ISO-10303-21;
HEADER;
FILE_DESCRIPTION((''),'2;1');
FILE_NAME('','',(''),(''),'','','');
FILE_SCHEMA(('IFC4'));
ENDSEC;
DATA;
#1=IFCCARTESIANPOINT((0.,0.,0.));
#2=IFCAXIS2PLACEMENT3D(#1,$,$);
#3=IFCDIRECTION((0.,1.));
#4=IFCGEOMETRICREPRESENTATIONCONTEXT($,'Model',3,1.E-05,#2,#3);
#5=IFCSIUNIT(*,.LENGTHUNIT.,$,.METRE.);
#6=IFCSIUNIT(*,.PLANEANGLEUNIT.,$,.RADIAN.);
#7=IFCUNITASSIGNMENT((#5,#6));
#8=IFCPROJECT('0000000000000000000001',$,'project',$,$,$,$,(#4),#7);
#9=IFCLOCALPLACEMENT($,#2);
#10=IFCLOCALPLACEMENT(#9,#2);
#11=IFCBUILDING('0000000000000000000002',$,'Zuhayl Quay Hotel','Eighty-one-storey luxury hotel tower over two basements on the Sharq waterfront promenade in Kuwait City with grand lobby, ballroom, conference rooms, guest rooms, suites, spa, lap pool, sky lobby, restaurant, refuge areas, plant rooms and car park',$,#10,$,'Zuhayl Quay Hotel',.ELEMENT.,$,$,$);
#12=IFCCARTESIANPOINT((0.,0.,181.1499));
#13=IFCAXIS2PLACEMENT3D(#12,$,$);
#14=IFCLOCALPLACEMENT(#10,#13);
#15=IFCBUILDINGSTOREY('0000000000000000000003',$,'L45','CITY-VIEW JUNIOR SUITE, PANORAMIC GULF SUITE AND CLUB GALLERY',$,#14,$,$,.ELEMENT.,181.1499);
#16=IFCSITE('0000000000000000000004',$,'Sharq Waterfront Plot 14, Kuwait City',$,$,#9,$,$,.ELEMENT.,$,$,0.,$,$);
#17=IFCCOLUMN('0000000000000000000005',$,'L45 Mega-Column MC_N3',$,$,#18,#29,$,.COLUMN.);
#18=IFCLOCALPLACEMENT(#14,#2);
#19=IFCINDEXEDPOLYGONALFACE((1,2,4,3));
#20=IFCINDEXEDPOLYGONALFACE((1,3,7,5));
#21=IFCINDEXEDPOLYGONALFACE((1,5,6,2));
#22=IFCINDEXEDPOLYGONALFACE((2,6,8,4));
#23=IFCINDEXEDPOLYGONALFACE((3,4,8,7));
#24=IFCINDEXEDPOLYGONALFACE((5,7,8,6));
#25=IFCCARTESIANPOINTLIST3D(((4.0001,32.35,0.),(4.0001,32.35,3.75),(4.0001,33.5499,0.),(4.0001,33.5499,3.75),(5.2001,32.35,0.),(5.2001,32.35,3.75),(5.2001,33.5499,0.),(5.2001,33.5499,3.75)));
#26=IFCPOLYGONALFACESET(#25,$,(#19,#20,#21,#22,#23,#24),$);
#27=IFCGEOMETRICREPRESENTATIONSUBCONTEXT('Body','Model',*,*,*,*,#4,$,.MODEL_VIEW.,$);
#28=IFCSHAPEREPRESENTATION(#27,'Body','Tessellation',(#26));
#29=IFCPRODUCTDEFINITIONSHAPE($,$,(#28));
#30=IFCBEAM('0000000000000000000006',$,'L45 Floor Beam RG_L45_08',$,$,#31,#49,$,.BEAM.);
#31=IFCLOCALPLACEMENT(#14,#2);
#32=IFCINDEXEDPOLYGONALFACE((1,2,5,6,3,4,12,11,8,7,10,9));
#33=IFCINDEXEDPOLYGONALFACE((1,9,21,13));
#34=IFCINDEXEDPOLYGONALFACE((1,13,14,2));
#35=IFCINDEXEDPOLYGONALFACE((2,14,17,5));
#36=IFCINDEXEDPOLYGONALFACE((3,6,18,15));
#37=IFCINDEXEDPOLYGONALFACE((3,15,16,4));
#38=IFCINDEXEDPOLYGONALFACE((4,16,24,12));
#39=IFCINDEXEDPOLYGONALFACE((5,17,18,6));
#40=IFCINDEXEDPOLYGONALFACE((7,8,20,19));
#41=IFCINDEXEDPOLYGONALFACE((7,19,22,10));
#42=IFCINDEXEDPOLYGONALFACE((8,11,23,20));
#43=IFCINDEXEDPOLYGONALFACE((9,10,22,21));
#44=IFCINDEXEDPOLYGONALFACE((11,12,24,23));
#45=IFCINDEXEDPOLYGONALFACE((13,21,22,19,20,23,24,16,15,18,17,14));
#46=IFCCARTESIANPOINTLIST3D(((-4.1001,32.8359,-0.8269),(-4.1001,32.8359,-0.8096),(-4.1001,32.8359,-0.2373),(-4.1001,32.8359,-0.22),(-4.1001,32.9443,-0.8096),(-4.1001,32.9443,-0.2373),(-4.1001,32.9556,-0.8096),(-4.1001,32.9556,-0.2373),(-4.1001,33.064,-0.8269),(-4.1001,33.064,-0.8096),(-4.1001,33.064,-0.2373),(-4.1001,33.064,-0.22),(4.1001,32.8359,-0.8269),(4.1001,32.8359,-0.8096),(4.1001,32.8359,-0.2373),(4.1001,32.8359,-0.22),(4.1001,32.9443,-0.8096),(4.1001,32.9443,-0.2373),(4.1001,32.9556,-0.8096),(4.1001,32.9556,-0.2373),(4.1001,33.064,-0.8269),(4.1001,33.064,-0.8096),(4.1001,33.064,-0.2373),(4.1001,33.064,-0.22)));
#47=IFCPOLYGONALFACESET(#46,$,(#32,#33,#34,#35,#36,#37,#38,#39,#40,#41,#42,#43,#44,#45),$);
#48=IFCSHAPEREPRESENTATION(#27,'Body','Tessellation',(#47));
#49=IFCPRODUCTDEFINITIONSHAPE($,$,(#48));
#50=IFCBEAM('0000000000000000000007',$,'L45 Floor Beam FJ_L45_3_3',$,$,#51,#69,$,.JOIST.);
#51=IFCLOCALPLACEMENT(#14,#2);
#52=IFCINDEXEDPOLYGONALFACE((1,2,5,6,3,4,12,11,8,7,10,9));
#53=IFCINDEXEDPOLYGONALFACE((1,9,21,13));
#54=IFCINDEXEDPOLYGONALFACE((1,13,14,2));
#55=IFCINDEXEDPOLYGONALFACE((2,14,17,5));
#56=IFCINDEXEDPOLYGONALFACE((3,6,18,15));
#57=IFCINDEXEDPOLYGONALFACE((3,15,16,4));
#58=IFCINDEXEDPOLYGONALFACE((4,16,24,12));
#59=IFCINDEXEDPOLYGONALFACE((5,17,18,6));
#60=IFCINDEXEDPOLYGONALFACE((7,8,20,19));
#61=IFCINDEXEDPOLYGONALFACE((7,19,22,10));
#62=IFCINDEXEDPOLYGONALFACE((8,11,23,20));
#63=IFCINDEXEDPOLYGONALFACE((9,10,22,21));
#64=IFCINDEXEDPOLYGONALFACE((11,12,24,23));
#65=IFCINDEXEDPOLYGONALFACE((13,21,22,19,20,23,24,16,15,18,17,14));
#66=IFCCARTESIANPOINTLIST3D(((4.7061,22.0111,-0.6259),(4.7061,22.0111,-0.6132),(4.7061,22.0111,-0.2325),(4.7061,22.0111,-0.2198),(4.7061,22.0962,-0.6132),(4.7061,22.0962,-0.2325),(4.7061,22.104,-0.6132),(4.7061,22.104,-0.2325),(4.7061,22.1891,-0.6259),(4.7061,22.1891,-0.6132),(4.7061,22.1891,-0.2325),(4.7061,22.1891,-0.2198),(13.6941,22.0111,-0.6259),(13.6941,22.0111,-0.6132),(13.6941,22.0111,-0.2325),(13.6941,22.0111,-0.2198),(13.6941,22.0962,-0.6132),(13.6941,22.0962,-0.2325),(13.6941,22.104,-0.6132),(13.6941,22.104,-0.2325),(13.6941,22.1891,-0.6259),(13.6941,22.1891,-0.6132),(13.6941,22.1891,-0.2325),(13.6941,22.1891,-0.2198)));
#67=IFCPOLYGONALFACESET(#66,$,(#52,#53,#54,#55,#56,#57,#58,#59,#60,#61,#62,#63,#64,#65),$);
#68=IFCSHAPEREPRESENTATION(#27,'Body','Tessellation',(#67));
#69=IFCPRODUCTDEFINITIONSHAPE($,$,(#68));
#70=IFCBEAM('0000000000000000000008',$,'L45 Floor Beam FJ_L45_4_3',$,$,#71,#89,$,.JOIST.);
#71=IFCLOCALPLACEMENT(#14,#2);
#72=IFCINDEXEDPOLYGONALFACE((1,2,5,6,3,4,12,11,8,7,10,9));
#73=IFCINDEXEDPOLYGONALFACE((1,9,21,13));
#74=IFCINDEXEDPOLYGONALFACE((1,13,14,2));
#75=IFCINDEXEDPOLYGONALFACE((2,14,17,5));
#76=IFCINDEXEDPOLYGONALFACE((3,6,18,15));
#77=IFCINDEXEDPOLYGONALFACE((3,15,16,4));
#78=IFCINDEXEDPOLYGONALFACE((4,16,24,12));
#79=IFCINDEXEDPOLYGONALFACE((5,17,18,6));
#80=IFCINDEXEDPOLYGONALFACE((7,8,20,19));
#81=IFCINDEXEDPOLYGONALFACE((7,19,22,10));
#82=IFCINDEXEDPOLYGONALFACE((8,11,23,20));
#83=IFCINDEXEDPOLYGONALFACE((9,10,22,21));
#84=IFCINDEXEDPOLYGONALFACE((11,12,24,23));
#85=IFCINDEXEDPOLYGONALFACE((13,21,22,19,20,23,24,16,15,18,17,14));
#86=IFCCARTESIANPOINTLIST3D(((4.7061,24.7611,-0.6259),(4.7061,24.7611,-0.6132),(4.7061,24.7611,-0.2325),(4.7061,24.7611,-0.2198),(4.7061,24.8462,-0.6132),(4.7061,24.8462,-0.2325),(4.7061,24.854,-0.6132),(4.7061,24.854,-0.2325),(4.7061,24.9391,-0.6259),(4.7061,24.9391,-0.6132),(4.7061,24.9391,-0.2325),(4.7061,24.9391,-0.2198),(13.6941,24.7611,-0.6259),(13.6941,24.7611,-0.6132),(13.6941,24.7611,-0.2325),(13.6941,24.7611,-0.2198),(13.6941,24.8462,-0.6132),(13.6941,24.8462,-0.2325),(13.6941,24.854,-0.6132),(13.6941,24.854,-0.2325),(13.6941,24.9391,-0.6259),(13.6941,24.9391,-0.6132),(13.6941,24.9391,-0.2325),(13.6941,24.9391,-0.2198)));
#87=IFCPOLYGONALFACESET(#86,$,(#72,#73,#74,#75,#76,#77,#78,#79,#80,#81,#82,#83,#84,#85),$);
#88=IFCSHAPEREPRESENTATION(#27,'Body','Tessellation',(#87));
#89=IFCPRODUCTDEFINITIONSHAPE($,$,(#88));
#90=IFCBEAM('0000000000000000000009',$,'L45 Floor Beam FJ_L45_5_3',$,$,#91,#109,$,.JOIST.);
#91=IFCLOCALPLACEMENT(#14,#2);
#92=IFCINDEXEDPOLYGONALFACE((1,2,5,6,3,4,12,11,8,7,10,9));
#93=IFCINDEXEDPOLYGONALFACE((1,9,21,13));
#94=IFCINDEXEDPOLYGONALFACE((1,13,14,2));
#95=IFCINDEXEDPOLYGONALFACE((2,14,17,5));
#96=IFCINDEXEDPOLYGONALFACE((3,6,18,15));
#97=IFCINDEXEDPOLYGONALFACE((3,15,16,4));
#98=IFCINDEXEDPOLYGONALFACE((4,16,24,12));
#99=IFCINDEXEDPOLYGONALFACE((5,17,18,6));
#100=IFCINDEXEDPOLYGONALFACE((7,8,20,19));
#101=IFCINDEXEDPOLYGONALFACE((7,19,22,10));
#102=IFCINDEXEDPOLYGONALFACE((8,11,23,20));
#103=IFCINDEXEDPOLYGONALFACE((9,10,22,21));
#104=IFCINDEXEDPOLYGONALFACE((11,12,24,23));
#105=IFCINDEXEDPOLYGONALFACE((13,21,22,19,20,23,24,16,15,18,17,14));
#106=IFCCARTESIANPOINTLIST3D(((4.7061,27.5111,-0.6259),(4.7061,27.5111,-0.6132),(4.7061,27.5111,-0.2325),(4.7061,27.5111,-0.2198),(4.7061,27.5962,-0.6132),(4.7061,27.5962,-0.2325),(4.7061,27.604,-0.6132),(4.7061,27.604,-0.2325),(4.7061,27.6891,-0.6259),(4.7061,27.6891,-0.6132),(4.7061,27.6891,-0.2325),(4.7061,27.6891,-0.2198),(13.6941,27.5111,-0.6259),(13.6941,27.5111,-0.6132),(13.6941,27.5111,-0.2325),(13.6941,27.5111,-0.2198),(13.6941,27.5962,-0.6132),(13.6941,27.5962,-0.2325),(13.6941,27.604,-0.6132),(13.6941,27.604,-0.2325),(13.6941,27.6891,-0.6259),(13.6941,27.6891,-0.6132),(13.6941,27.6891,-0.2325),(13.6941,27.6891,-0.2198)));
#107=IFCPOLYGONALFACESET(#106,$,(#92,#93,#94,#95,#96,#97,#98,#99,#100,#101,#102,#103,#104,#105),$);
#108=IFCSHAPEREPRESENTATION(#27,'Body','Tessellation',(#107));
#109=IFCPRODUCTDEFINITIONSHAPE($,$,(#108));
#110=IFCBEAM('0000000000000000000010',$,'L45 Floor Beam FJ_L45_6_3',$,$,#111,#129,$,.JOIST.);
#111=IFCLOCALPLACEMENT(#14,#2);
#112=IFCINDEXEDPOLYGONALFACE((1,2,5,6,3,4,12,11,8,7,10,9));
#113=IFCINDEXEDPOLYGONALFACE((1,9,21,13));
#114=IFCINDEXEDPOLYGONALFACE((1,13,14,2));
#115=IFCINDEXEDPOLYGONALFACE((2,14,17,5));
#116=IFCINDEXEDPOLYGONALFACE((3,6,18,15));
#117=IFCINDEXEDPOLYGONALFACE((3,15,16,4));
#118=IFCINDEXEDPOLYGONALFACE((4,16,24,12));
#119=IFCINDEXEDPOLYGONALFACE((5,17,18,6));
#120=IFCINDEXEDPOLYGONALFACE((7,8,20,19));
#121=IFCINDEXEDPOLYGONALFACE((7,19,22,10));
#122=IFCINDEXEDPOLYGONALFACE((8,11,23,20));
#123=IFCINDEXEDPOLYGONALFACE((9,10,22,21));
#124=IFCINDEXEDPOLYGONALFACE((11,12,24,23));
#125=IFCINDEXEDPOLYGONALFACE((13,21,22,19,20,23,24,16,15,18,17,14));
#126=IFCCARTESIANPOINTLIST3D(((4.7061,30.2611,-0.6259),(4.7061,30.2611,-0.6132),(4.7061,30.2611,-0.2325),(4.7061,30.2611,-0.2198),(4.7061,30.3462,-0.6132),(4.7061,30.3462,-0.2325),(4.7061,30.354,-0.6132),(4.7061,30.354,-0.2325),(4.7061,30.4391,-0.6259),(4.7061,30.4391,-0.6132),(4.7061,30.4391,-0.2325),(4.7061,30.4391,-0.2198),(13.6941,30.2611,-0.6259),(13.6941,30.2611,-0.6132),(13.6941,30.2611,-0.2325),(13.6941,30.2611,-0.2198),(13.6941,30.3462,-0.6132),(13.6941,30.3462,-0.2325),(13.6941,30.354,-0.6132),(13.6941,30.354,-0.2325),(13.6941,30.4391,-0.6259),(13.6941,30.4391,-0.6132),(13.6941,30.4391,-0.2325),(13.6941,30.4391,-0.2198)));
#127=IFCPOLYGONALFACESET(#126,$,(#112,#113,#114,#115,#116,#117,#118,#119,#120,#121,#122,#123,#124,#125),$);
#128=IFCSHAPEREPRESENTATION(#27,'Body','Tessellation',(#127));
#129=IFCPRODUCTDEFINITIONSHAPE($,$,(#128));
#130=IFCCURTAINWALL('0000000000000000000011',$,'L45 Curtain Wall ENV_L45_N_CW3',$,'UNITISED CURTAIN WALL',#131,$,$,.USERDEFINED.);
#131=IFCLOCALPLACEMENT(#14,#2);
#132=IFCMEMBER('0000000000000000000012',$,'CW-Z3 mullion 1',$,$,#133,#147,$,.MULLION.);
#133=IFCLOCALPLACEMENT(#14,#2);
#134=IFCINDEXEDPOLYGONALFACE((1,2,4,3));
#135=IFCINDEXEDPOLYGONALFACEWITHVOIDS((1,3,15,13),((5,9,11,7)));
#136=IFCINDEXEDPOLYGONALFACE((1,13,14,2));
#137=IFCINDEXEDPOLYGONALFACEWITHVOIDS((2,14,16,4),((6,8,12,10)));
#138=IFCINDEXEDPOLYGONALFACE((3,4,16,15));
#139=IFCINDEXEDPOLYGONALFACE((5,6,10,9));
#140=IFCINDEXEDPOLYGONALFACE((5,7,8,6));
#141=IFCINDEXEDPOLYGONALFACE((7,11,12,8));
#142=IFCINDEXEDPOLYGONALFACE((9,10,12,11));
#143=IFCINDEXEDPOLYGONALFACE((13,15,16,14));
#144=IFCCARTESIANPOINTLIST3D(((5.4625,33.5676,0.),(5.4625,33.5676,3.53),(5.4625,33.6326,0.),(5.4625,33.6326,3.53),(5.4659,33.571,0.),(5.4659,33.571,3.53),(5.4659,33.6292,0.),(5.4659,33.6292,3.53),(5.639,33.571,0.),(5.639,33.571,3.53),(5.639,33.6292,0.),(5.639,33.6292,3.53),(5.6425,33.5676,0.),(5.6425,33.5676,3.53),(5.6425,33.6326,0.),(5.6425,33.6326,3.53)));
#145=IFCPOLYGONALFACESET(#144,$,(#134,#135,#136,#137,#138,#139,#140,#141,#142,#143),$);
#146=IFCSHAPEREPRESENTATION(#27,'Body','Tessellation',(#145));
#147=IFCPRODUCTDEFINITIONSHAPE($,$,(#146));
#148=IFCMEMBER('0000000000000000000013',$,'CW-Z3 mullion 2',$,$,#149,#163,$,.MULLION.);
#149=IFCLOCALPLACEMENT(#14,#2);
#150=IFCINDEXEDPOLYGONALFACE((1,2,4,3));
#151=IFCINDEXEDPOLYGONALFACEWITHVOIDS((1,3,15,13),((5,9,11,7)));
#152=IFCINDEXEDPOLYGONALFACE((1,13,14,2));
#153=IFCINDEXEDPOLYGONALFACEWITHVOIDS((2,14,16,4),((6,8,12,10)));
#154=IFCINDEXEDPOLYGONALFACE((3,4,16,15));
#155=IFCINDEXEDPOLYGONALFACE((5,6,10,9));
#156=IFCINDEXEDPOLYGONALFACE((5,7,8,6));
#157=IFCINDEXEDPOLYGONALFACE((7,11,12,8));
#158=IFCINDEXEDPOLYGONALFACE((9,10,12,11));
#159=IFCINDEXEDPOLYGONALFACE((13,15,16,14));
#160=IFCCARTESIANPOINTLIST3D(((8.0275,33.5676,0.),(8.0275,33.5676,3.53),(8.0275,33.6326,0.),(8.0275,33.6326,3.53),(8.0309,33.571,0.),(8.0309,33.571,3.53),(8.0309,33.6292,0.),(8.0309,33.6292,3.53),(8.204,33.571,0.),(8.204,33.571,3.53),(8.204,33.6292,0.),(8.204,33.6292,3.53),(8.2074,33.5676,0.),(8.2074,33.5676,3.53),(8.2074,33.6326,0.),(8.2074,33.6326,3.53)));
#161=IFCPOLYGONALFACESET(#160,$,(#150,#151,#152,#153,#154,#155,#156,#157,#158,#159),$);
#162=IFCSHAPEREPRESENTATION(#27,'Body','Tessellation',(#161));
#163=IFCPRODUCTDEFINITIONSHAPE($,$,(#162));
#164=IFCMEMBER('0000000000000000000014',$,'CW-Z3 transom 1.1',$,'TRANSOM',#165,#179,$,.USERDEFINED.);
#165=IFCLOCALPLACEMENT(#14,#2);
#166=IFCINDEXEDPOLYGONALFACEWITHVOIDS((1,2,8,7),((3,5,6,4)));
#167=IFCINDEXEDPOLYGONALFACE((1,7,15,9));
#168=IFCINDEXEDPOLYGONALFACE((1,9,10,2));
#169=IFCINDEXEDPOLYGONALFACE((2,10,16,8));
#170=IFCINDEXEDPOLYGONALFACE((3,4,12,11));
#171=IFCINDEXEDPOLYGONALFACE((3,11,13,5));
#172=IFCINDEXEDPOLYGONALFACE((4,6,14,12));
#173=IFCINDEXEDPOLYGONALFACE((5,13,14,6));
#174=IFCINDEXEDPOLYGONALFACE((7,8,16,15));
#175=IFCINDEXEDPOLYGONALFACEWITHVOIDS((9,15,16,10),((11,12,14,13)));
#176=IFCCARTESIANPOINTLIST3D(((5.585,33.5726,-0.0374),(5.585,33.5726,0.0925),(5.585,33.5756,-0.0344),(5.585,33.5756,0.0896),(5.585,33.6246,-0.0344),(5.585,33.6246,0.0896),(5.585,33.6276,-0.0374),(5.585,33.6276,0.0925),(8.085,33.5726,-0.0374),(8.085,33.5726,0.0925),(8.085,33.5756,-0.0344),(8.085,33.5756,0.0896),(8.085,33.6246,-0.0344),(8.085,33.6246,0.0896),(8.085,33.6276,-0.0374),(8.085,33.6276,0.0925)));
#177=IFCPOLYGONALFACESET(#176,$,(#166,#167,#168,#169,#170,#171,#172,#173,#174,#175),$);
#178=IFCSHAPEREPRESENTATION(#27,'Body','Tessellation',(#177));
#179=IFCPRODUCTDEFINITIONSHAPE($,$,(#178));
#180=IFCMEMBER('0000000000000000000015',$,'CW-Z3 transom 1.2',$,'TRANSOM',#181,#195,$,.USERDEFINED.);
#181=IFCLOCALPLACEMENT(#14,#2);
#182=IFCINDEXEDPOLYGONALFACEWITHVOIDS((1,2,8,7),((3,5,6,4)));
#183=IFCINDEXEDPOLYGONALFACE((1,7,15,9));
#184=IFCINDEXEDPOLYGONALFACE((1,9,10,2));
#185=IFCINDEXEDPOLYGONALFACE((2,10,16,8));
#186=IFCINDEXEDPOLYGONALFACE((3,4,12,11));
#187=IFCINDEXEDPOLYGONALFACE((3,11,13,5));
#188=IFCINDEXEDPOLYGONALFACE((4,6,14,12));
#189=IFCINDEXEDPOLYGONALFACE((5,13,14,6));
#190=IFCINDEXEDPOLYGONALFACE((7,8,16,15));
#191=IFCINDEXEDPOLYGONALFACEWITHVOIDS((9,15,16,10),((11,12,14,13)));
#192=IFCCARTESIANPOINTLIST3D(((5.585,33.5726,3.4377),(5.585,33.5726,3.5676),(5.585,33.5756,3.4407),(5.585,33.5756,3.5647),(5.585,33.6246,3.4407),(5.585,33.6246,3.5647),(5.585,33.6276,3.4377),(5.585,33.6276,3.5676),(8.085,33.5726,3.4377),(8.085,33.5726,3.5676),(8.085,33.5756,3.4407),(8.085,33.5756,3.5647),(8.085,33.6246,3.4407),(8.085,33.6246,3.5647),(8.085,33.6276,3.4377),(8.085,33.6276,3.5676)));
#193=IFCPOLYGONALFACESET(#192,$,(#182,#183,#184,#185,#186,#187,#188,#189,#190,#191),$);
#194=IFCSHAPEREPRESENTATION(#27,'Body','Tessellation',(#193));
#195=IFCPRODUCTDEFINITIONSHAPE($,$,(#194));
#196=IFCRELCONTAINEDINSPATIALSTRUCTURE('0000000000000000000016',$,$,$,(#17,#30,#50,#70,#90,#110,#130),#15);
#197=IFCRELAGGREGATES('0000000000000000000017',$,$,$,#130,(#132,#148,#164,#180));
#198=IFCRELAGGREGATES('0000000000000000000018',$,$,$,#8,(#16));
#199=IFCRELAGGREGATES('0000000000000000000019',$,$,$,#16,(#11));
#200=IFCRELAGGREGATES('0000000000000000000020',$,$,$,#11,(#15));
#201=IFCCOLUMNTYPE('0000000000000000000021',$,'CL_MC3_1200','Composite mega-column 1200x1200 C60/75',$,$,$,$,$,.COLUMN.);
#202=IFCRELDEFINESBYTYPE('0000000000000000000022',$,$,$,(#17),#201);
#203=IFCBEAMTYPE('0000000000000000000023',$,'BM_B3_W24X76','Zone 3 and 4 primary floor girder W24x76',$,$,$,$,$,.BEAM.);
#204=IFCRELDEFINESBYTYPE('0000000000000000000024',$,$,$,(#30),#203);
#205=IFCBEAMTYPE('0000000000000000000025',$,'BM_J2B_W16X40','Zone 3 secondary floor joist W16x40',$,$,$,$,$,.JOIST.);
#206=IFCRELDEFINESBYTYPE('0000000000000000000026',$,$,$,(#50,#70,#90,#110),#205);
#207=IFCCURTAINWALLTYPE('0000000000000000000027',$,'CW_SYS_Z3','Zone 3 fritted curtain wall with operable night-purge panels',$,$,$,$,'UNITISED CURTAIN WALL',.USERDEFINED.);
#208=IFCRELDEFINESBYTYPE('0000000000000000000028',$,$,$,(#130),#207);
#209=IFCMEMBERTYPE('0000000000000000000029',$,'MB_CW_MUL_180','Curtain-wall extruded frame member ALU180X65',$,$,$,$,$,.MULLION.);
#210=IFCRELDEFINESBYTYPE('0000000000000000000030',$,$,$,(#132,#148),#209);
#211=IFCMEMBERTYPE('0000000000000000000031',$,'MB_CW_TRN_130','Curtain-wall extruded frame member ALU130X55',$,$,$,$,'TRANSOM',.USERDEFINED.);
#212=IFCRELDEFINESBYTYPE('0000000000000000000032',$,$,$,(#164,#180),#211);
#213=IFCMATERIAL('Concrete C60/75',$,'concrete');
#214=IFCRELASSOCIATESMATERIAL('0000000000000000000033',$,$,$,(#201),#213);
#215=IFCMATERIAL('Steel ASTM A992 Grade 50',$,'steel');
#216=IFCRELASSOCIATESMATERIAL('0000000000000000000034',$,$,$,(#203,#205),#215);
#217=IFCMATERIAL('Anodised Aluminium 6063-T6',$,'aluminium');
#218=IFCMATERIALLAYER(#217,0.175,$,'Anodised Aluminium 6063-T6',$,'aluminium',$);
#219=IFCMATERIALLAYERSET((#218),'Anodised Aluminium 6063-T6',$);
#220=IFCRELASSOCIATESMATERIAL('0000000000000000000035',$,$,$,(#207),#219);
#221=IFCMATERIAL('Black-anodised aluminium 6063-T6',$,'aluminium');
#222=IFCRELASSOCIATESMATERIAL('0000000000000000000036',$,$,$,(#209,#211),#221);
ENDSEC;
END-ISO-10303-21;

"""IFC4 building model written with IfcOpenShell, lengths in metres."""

from ifc_helpers import new_model, si_unit, direction, frame, origin, origin_2d, place, context, subcontext, project, spatial, rectangle, hollow_rectangle, i_section, extrude, material, layer, layer_set, material_profile, profile_set, type_object, element, aggregate, save


model = new_model("IFC4")

# Units and contexts
model_context = context("Model", 3, precision=1e-05, world=origin(), true_north=direction((0.0, 1.0)))
body_context = subcontext(model_context, "Body", "Model", "MODEL_VIEW")
ifc_project = project(units=[si_unit("LENGTHUNIT", "METRE"), si_unit("PLANEANGLEUNIT", "RADIAN")], contexts=[model_context])

# Site, building, storey
site_placement = place(None, origin())
site = spatial("IfcSite", under=ifc_project, at=site_placement, Name="Sharq Waterfront Plot 14, Kuwait City", CompositionType="ELEMENT", RefElevation=0.0)
building_placement = place(site_placement, origin())
building = spatial("IfcBuilding", under=site, at=building_placement, Name="Zuhayl Quay Hotel", Description="Eighty-one-storey luxury hotel tower over two basements on the Sharq waterfront promenade in Kuwait City with grand lobby, ballroom, conference rooms, guest rooms, suites, spa, lap pool, sky lobby, restaurant, refuge areas, plant rooms and car park", LongName="Zuhayl Quay Hotel", CompositionType="ELEMENT")
storey_placement = place(building_placement, frame((0.0, 0.0, 181.1499)))
storey = spatial("IfcBuildingStorey", under=building, at=storey_placement, Name="L45", Description="CITY-VIEW JUNIOR SUITE, PANORAMIC GULF SUITE AND CLUB GALLERY", CompositionType="ELEMENT", Elevation=181.1499)

# Column
ifc_material_1 = material(Name="Concrete C60/75", Category="concrete")
ifc_material_profile_1 = material_profile(ifc_material_1, rectangle(XDim=1.2, YDim=1.2, at=origin_2d()), Name="RC1200X1200")
ifc_profile_set_1 = profile_set([ifc_material_profile_1], Name="Concrete C60/75")
column_type = type_object("IfcColumnType", Name="CL_MC3_1200", Description="Composite mega-column 1200x1200 C60/75", PredefinedType="COLUMN", material=ifc_profile_set_1)
column_placement = place(storey_placement, frame((4.6001, 32.95, 0.0), z_axis=(0.0, 0.0, 1.0), x_axis=(1.0, 0.0, 0.0)))
element("IfcColumn", 1, at=column_placement, inside=storey, type_object=column_type, Name="L45 Mega-Column MC_N3", PredefinedType="COLUMN", context=body_context, shape_type="SweptSolid", body=[
    extrude(rectangle(XDim=1.2, YDim=1.2, at=origin_2d()), origin(), (0.0, 0.0, 1.0), 3.75),
])

# Beams
ifc_material_2 = material(Name="Steel ASTM A992 Grade 50", Category="steel")
ifc_material_profile_2 = material_profile(ifc_material_2, i_section(OverallWidth=0.228, OverallDepth=0.6069, WebThickness=0.0112, FlangeThickness=0.0173, at=origin_2d()), Name="W24X76")
ifc_profile_set_2 = profile_set([ifc_material_profile_2], Name="Steel ASTM A992 Grade 50")
beam_type_1 = type_object("IfcBeamType", Name="BM_B3_W24X76", Description="Zone 3 and 4 primary floor girder W24x76", PredefinedType="BEAM", material=ifc_profile_set_2)
beam_placement = place(storey_placement, frame((4.1001, 32.95, -0.5234), z_axis=(-1.0, 0.0, 0.0), x_axis=(0.0, -1.0, 0.0)))
element("IfcBeam", 2, at=beam_placement, inside=storey, type_object=beam_type_1, Name="L45 Floor Beam RG_L45_08", PredefinedType="BEAM", context=body_context, shape_type="SweptSolid", body=[
    extrude(i_section(OverallWidth=0.228, OverallDepth=0.6069, WebThickness=0.0112, FlangeThickness=0.0173, at=origin_2d()), origin(), (0.0, 0.0, 1.0), 8.2002),
])
ifc_material_profile_3 = material_profile(ifc_material_2, i_section(OverallWidth=0.178, OverallDepth=0.406, WebThickness=0.0078, FlangeThickness=0.0127, at=origin_2d()), Name="W16X40")
ifc_profile_set_3 = profile_set([ifc_material_profile_3], Name="Steel ASTM A992 Grade 50")
beam_type_2 = type_object("IfcBeamType", Name="BM_J2B_W16X40", Description="Zone 3 secondary floor joist W16x40", PredefinedType="JOIST", material=ifc_profile_set_3)
for number, where, z_axis, x_axis, name in (
    (3, (4.7061, 22.1001, -0.4229), (1.0, 0.0, 0.0), (0.0, 1.0, 0.0), "L45 Floor Beam FJ_L45_3_3"),
    (4, (4.7061, 24.8501, -0.4229), (1.0, 0.0, 0.0), (0.0, 1.0, 0.0), "L45 Floor Beam FJ_L45_4_3"),
    (5, (4.7061, 27.6001, -0.4229), (1.0, 0.0, 0.0), (0.0, 1.0, 0.0), "L45 Floor Beam FJ_L45_5_3"),
    (6, (4.7061, 30.3501, -0.4229), (1.0, 0.0, 0.0), (0.0, 1.0, 0.0), "L45 Floor Beam FJ_L45_6_3"),
):
    element("IfcBeam", number, at=place(storey_placement, frame(where, z_axis=z_axis, x_axis=x_axis)), inside=storey, type_object=beam_type_2, Name=name, PredefinedType="JOIST", context=body_context, shape_type="SweptSolid", body=[
        extrude(i_section(OverallWidth=0.178, OverallDepth=0.406, WebThickness=0.0078, FlangeThickness=0.0127, at=origin_2d()), origin(), (0.0, 0.0, 1.0), 8.988),
    ])

# Curtain wall, members
ifc_material_3 = material(Name="Anodised Aluminium 6063-T6", Category="aluminium")
ifc_layer_1 = layer(ifc_material_3, 0.175, Name="Anodised Aluminium 6063-T6", Category="aluminium")
ifc_layer_set_1 = layer_set([ifc_layer_1], Name="Anodised Aluminium 6063-T6")
curtain_wall_type = type_object("IfcCurtainWallType", Name="CW_SYS_Z3", Description="Zone 3 fritted curtain wall with operable night-purge panels", ElementType="UNITISED CURTAIN WALL", PredefinedType="USERDEFINED", material=ifc_layer_set_1)
curtain_wall_placement = place(storey_placement, origin())
curtain_wall = element("IfcCurtainWall", 7, at=curtain_wall_placement, inside=storey, type_object=curtain_wall_type, Name="L45 Curtain Wall ENV_L45_N_CW3", ObjectType="UNITISED CURTAIN WALL", PredefinedType="USERDEFINED")
ifc_material_4 = material(Name="Black-anodised aluminium 6063-T6", Category="aluminium")
ifc_material_profile_4 = material_profile(ifc_material_4, hollow_rectangle(XDim=0.0649, YDim=0.1799, WallThickness=0.0034, at=origin_2d()), Name="ALU180X65")
ifc_profile_set_4 = profile_set([ifc_material_profile_4], Name="Black-anodised aluminium 6063-T6")
member_type_1 = type_object("IfcMemberType", Name="MB_CW_MUL_180", Description="Curtain-wall extruded frame member ALU180X65", PredefinedType="MULLION", material=ifc_profile_set_4)
member_1_placement = place(storey_placement, frame((5.5525, 33.6001, 0.0), z_axis=(0.0, 0.0, 1.0), x_axis=(0.0, 1.0, 0.0)))
member_1 = element("IfcMember", 8, at=member_1_placement, type_object=member_type_1, Name="CW-Z3 mullion 1", PredefinedType="MULLION", context=body_context, shape_type="SweptSolid", body=[
    extrude(hollow_rectangle(XDim=0.0649, YDim=0.1799, WallThickness=0.0034, at=origin_2d()), origin(), (0.0, 0.0, 1.0), 3.53),
])
member_2_placement = place(storey_placement, frame((8.1174, 33.6001, 0.0), z_axis=(0.0, 0.0, 1.0), x_axis=(0.0, 1.0, 0.0)))
member_2 = element("IfcMember", 9, at=member_2_placement, type_object=member_type_1, Name="CW-Z3 mullion 2", PredefinedType="MULLION", context=body_context, shape_type="SweptSolid", body=[
    extrude(hollow_rectangle(XDim=0.0649, YDim=0.1799, WallThickness=0.0034, at=origin_2d()), origin(), (0.0, 0.0, 1.0), 3.53),
])
ifc_material_profile_5 = material_profile(ifc_material_4, hollow_rectangle(XDim=0.0549, YDim=0.1299, WallThickness=0.0029, at=origin_2d()), Name="ALU130X55")
ifc_profile_set_5 = profile_set([ifc_material_profile_5], Name="Black-anodised aluminium 6063-T6")
member_type_2 = type_object("IfcMemberType", Name="MB_CW_TRN_130", Description="Curtain-wall extruded frame member ALU130X55", ElementType="TRANSOM", PredefinedType="USERDEFINED", material=ifc_profile_set_5)
member_3_placement = place(storey_placement, frame((5.585, 33.6001, 0.0276), z_axis=(1.0, 0.0, 0.0), x_axis=(0.0, 1.0, 0.0)))
member_3 = element("IfcMember", 10, at=member_3_placement, type_object=member_type_2, Name="CW-Z3 transom 1.1", ObjectType="TRANSOM", PredefinedType="USERDEFINED", context=body_context, shape_type="SweptSolid", body=[
    extrude(hollow_rectangle(XDim=0.0549, YDim=0.1299, WallThickness=0.0029, at=origin_2d()), origin(), (0.0, 0.0, 1.0), 2.5),
])
member_4_placement = place(storey_placement, frame((5.585, 33.6001, 3.5027), z_axis=(1.0, 0.0, 0.0), x_axis=(0.0, 1.0, 0.0)))
member_4 = element("IfcMember", 11, at=member_4_placement, type_object=member_type_2, Name="CW-Z3 transom 1.2", ObjectType="TRANSOM", PredefinedType="USERDEFINED", context=body_context, shape_type="SweptSolid", body=[
    extrude(hollow_rectangle(XDim=0.0549, YDim=0.1299, WallThickness=0.0029, at=origin_2d()), origin(), (0.0, 0.0, 1.0), 2.5),
])
aggregate(curtain_wall, [member_1, member_2, member_3, member_4])

save(model, "model.ifc")
